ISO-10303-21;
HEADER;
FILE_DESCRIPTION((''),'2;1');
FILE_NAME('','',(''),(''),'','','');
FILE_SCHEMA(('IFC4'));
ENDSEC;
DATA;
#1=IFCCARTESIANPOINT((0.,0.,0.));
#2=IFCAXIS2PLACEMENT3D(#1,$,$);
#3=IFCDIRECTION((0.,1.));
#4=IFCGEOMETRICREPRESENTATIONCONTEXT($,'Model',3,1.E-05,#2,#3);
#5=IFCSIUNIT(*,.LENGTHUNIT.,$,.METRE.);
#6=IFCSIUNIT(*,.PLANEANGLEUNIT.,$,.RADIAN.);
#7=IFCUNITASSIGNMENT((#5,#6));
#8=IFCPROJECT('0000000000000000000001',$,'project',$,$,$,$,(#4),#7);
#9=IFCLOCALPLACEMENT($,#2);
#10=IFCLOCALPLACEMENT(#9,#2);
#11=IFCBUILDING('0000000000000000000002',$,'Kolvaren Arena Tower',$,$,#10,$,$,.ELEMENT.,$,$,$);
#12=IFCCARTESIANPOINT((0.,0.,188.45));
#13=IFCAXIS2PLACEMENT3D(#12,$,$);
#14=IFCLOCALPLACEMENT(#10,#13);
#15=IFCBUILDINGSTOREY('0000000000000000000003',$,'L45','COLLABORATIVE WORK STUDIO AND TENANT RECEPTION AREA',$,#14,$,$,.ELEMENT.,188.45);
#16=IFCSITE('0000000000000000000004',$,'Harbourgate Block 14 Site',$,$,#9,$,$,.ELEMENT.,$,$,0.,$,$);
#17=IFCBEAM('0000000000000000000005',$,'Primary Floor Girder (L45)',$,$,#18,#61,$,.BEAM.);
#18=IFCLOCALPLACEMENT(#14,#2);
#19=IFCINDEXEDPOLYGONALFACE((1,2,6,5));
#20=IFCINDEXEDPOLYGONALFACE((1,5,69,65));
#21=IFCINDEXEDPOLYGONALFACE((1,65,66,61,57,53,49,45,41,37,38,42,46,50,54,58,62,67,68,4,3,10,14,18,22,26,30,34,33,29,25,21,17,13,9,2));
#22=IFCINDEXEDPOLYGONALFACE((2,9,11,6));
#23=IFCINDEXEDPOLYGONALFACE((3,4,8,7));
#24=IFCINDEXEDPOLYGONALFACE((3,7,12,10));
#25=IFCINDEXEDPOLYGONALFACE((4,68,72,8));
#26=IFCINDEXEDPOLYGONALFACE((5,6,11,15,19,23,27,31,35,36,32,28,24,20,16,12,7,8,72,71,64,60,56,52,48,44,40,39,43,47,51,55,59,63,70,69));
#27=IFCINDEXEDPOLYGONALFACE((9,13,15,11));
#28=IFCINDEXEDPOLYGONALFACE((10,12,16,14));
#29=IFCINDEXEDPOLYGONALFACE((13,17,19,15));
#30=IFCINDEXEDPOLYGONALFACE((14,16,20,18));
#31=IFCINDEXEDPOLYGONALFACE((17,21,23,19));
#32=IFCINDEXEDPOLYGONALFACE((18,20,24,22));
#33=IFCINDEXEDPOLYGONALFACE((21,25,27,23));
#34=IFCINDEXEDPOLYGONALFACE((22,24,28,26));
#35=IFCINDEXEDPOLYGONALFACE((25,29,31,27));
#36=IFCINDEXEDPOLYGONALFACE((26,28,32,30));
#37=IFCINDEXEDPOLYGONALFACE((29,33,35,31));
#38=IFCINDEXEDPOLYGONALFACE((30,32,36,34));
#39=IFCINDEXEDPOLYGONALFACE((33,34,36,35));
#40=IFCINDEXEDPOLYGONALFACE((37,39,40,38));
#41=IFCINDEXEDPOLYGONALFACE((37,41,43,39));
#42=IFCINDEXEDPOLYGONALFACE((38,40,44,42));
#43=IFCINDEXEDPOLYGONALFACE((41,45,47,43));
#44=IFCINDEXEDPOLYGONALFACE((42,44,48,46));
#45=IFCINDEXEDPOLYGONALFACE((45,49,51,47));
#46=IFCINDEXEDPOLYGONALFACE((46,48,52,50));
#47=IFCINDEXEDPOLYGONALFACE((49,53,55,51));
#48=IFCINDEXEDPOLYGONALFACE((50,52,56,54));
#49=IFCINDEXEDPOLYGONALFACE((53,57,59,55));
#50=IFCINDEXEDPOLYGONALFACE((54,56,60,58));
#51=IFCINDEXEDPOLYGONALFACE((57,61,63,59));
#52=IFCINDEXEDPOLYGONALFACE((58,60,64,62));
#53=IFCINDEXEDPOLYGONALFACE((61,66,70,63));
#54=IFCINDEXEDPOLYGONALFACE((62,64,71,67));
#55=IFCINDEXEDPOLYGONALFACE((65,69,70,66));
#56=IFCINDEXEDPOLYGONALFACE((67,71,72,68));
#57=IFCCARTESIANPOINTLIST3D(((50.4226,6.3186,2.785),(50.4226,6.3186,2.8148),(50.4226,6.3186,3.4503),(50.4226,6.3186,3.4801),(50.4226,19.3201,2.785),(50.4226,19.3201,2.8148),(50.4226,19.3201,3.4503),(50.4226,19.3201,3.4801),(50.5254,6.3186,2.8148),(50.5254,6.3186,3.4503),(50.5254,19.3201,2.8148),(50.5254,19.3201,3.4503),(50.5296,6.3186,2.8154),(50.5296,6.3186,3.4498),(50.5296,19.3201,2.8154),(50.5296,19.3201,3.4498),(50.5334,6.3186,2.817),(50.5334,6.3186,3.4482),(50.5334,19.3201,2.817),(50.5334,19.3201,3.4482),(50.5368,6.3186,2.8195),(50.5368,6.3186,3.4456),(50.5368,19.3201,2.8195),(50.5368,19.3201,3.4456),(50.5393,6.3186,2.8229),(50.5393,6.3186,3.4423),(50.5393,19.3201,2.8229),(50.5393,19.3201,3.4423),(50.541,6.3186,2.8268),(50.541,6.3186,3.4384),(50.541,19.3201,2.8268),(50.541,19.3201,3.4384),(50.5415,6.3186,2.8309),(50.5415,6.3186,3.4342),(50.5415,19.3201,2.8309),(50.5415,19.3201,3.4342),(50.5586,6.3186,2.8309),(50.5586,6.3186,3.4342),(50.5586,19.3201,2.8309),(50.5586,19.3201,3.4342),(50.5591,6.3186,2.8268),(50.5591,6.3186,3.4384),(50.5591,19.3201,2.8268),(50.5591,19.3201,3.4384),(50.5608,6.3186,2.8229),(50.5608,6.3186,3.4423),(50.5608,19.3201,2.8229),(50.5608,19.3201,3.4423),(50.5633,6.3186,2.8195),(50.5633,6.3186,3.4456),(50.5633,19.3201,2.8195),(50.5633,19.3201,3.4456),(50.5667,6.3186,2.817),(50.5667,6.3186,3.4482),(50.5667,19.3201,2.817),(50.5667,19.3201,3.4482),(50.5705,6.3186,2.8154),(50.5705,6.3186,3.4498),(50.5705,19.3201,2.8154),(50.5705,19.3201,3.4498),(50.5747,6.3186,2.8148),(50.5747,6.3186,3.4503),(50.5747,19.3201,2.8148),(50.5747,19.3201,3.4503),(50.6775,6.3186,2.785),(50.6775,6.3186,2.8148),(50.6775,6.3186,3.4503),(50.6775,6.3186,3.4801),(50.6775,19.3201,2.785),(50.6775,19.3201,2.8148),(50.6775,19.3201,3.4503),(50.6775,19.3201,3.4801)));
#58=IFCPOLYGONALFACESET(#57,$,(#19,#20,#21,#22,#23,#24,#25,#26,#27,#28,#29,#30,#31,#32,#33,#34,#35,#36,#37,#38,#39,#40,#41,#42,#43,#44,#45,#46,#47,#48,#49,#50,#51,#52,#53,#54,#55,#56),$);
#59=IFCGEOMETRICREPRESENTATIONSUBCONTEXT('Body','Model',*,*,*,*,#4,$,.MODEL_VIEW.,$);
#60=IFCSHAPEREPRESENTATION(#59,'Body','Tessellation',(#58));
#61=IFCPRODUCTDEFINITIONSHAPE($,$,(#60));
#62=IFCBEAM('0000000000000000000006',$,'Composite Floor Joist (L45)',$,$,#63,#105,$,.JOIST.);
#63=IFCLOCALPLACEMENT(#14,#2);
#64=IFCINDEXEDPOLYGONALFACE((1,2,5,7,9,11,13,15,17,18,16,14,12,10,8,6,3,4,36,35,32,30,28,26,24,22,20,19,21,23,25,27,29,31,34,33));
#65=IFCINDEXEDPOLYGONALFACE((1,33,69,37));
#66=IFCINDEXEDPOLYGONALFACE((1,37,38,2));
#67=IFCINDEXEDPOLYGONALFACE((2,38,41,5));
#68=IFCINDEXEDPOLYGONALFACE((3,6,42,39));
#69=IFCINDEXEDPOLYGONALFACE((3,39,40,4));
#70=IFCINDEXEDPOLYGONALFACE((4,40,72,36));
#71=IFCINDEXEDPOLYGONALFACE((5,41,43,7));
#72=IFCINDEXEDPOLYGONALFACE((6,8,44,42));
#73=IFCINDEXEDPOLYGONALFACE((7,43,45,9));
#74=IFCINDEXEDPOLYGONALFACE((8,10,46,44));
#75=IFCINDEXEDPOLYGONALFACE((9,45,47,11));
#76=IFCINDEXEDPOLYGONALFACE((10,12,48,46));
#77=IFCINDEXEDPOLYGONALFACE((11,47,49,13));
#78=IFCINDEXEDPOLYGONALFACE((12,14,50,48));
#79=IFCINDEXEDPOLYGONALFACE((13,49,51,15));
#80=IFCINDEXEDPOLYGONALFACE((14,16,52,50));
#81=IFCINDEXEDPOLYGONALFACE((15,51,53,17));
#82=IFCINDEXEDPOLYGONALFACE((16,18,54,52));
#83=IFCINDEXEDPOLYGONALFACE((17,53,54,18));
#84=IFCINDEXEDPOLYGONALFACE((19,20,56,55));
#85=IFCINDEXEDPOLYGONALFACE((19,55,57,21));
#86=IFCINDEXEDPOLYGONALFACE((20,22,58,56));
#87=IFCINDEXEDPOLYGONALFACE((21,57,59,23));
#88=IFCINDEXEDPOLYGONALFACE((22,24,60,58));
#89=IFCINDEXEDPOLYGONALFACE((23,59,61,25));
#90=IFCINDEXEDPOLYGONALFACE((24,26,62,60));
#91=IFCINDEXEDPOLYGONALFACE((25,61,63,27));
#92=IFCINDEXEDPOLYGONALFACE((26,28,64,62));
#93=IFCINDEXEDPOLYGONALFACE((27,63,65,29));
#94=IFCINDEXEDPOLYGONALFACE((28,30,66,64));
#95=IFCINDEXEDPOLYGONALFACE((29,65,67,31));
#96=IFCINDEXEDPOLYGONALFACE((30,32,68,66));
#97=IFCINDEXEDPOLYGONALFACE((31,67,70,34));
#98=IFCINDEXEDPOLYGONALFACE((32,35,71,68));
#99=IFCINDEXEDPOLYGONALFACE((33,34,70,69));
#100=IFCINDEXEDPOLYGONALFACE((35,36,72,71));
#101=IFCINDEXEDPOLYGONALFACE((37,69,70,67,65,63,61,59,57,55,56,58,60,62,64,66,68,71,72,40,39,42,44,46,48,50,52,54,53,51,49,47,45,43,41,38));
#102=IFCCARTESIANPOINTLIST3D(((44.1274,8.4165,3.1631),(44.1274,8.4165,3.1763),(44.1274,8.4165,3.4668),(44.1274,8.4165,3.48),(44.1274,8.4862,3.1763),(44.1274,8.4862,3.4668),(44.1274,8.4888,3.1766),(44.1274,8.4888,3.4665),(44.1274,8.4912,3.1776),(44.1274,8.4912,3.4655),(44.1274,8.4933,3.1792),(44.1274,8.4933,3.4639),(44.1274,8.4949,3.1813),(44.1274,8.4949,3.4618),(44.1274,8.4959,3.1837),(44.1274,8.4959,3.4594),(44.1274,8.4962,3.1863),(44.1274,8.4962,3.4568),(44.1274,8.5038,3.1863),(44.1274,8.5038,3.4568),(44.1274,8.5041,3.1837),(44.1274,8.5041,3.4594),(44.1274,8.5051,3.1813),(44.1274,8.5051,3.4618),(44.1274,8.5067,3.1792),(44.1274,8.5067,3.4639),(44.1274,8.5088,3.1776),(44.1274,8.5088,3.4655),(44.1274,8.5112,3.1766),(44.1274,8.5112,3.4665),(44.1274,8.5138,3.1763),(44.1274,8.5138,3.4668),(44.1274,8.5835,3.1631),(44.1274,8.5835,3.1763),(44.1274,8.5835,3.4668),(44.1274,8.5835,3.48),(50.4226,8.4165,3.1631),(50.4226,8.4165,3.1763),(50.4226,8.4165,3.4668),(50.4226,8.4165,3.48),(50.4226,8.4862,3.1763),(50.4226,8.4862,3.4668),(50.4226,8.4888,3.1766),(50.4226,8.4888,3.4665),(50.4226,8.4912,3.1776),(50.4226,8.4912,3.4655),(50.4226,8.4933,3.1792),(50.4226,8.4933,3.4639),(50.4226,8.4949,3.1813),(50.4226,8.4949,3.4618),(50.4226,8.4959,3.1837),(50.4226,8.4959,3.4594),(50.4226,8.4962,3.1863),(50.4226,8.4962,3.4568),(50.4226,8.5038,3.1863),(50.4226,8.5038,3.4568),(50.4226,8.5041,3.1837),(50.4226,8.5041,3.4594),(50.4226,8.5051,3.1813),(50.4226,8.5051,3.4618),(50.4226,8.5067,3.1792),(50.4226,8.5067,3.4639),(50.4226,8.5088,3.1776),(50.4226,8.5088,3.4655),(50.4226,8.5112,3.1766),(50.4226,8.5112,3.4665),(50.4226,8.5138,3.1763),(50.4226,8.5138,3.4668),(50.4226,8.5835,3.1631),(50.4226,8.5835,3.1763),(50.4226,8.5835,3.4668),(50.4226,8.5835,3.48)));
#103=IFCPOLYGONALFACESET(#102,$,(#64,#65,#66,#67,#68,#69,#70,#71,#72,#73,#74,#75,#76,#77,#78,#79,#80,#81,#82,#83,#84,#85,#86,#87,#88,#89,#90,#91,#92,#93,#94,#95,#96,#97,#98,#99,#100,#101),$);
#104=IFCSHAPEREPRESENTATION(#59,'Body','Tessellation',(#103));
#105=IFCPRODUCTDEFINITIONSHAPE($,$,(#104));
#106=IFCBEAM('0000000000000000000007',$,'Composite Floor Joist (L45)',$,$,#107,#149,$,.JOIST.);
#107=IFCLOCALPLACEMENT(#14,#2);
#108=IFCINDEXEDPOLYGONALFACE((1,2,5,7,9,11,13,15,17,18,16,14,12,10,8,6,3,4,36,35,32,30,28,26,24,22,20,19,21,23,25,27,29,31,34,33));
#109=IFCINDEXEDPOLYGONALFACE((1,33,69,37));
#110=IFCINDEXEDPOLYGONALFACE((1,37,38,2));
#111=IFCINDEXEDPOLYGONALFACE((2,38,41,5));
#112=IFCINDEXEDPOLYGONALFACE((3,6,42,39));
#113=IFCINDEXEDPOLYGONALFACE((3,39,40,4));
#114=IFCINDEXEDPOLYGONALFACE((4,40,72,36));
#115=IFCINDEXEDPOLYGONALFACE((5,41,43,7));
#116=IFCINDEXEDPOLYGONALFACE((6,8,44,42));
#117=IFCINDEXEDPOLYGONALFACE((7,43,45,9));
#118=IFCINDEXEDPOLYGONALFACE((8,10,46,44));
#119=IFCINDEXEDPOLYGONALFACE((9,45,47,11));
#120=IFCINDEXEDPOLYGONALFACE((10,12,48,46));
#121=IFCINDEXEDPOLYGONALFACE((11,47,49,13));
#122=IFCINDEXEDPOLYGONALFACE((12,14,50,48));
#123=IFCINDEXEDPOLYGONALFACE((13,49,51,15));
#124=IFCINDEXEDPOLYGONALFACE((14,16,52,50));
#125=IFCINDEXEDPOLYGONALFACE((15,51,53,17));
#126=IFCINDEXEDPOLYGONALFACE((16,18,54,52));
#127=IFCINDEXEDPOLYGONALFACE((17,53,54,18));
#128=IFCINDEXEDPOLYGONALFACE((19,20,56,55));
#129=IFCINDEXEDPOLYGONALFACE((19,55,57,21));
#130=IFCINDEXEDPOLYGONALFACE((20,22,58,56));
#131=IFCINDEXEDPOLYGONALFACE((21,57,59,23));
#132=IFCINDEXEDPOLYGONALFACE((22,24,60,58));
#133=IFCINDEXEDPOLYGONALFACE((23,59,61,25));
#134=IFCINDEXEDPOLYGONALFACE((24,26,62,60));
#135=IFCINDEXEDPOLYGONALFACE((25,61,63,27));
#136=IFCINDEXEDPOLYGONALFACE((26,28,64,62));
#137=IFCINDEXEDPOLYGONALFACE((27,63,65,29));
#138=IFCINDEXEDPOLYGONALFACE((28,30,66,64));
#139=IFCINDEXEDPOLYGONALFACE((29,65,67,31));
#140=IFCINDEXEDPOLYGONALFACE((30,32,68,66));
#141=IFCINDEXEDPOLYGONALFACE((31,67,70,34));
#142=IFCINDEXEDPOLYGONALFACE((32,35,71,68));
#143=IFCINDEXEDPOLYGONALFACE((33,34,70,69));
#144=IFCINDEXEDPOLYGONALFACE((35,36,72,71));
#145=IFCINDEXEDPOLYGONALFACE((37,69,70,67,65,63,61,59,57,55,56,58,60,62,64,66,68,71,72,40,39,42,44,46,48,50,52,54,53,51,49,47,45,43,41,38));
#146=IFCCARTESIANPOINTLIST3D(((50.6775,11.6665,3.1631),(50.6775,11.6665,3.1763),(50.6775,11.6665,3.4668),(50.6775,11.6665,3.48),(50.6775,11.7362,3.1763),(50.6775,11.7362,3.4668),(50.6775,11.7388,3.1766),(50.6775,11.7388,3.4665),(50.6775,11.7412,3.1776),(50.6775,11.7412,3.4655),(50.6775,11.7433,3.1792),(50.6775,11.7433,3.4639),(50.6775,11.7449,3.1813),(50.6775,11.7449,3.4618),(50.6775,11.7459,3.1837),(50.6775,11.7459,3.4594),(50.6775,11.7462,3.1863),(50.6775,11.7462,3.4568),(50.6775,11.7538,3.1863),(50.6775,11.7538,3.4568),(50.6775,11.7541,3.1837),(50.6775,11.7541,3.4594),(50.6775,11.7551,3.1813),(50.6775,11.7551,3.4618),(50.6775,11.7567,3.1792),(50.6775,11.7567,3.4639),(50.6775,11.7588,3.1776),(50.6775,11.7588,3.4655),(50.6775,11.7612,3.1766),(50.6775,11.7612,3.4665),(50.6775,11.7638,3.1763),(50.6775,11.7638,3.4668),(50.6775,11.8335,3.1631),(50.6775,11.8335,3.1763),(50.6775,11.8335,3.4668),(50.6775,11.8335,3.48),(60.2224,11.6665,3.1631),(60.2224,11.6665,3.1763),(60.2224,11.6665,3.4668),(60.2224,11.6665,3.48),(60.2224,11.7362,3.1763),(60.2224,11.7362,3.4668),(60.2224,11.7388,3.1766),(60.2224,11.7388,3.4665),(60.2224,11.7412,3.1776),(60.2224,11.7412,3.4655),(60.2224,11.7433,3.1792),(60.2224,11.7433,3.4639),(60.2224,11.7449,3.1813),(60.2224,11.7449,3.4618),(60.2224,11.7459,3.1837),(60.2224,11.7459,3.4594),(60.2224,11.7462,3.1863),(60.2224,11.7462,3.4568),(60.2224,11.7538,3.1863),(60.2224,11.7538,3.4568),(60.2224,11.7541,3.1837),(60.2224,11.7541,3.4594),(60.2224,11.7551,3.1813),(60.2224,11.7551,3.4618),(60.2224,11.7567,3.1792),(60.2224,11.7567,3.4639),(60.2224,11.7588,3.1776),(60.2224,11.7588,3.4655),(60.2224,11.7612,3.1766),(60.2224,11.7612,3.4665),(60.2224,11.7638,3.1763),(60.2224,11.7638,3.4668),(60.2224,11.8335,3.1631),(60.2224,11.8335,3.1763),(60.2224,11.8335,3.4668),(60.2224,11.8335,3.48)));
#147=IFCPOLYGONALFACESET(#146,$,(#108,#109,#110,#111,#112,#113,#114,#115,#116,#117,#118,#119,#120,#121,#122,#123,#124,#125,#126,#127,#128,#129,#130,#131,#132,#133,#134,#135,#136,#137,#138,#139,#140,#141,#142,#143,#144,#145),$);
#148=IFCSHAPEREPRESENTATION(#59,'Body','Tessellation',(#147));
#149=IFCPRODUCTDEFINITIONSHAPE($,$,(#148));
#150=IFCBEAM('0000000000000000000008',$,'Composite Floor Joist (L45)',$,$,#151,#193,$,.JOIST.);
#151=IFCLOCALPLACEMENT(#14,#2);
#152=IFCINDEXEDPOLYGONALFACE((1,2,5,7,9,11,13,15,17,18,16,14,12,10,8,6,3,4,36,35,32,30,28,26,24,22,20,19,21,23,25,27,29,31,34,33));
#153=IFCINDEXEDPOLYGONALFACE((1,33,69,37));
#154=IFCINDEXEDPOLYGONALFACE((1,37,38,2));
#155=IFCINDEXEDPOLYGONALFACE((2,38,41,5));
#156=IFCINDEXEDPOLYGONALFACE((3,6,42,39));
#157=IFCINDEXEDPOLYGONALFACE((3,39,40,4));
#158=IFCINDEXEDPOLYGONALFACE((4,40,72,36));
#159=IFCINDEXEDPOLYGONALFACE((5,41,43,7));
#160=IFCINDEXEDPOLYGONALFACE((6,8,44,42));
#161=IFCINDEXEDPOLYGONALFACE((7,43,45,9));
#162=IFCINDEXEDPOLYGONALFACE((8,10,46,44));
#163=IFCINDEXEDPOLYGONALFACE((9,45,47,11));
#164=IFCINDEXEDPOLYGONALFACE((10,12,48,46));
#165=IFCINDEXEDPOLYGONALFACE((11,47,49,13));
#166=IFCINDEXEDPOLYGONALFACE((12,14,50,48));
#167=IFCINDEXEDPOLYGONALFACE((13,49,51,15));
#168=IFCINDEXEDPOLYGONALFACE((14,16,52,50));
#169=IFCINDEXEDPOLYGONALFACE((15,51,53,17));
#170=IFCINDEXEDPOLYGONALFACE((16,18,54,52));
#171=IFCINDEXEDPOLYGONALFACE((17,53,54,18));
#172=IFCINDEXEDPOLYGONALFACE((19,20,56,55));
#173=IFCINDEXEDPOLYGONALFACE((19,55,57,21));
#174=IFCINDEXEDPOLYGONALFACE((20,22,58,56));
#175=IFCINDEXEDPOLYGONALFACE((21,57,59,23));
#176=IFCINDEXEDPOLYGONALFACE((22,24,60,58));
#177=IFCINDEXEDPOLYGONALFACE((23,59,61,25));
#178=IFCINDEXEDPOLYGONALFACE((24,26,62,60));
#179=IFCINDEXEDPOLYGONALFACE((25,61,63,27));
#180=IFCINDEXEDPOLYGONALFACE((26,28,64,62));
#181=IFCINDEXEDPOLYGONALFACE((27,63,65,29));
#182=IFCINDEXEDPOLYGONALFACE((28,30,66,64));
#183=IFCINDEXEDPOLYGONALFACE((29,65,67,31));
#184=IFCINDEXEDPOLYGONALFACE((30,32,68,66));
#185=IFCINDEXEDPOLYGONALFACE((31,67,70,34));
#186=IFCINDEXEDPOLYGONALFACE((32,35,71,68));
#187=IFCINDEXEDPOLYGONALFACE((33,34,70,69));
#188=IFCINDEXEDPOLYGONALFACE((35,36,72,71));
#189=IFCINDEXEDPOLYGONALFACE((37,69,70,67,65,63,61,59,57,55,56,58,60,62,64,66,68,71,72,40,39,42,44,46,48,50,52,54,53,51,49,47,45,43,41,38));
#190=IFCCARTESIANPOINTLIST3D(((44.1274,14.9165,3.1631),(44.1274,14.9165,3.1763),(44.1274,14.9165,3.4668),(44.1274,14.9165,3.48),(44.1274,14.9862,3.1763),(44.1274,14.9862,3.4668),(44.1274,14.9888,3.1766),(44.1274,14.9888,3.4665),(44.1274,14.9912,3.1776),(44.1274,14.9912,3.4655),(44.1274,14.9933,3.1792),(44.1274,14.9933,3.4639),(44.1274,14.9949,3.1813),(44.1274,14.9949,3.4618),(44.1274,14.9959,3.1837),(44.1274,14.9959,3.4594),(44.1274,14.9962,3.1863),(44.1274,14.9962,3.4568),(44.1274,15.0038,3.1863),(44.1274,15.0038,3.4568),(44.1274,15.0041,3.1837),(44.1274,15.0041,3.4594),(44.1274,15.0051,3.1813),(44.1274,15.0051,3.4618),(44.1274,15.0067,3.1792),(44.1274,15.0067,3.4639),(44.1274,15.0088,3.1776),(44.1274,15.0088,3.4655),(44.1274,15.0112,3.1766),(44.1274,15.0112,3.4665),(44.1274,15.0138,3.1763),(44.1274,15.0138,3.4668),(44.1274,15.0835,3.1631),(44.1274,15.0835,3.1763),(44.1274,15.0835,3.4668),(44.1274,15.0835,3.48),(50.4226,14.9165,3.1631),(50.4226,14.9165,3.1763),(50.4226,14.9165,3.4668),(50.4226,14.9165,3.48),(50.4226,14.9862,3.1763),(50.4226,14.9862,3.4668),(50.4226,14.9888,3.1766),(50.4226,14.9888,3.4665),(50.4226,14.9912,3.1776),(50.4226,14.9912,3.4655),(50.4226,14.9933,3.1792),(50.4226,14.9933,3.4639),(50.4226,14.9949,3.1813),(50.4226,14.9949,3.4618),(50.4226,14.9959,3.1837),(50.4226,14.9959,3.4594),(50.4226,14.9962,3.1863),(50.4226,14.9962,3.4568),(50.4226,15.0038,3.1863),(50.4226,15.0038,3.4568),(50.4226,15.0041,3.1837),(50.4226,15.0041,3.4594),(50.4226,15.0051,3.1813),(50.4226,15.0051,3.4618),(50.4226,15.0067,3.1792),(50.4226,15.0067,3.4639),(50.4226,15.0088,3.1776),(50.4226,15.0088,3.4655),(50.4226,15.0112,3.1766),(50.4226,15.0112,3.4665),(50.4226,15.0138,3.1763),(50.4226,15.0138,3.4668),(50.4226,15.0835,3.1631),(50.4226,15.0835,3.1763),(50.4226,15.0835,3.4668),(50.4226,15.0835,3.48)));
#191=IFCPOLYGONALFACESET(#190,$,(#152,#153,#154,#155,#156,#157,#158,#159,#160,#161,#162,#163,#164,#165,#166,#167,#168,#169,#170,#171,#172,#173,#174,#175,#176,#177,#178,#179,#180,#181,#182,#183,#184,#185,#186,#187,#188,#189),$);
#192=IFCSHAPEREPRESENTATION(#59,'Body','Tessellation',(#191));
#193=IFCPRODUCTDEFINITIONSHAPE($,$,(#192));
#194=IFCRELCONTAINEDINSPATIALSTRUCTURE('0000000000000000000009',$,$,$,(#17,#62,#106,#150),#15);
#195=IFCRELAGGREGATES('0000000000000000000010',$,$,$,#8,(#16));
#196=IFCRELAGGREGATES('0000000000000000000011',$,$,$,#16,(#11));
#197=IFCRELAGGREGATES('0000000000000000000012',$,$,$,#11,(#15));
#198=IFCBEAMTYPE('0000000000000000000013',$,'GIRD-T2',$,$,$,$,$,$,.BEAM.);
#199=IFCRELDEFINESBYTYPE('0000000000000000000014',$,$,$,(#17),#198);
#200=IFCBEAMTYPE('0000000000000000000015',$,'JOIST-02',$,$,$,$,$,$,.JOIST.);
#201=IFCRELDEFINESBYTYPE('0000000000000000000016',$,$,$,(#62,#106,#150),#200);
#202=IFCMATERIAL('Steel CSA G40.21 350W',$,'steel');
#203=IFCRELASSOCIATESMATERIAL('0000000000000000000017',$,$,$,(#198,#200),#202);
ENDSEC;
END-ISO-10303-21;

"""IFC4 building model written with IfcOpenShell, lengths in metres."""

from ifc_helpers import new_model, si_unit, direction, frame, origin, origin_2d, place, context, subcontext, project, spatial, i_section, extrude, material, material_profile, profile_set, type_object, element, save


model = new_model("IFC4")

# Units and contexts
model_context = context("Model", 3, precision=1e-05, world=origin(), true_north=direction((0.0, 1.0)))
body_context = subcontext(model_context, "Body", "Model", "MODEL_VIEW")
ifc_project = project(units=[si_unit("LENGTHUNIT", "METRE"), si_unit("PLANEANGLEUNIT", "RADIAN")], contexts=[model_context])

# Site, building, storey
site_placement = place(None, origin())
site = spatial("IfcSite", under=ifc_project, at=site_placement, Name="Harbourgate Block 14 Site", CompositionType="ELEMENT", RefElevation=0.0)
building_placement = place(site_placement, origin())
building = spatial("IfcBuilding", under=site, at=building_placement, Name="Kolvaren Arena Tower", CompositionType="ELEMENT")
storey_placement = place(building_placement, frame((0.0, 0.0, 188.45)))
storey = spatial("IfcBuildingStorey", under=building, at=storey_placement, Name="L45", Description="COLLABORATIVE WORK STUDIO AND TENANT RECEPTION AREA", CompositionType="ELEMENT", Elevation=188.45)

# Beams
ifc_material_1 = material(Name="Steel CSA G40.21 350W", Category="steel")
ifc_material_profile_1 = material_profile(ifc_material_1, i_section(OverallWidth=0.2549, OverallDepth=0.6951, WebThickness=0.0171, FlangeThickness=0.0298, FilletRadius=0.0161, at=origin_2d()), Name="W690x217")
ifc_profile_set_1 = profile_set([ifc_material_profile_1], Name="Steel CSA G40.21 350W")
beam_type_1 = type_object("IfcBeamType", Name="GIRD-T2", PredefinedType="BEAM", material=ifc_profile_set_1)
beam_1_placement = place(storey_placement, frame((50.55, 6.3186, 3.1326), z_axis=(0.0, 1.0, 0.0), x_axis=(-1.0, 0.0, 0.0)))
element("IfcBeam", 1, at=beam_1_placement, inside=storey, type_object=beam_type_1, Name="Primary Floor Girder (L45)", PredefinedType="BEAM", context=body_context, shape_type="SweptSolid", body=[
    extrude(i_section(OverallWidth=0.2549, OverallDepth=0.6951, WebThickness=0.0171, FlangeThickness=0.0298, FilletRadius=0.0161, at=origin_2d()), origin(), (0.0, 0.0, 1.0), 13.0015),
])
ifc_material_profile_2 = material_profile(ifc_material_1, i_section(OverallWidth=0.167, OverallDepth=0.3169, WebThickness=0.0076, FlangeThickness=0.0132, FilletRadius=0.01, at=origin_2d()), Name="W310x52")
ifc_profile_set_2 = profile_set([ifc_material_profile_2], Name="Steel CSA G40.21 350W")
beam_type_2 = type_object("IfcBeamType", Name="JOIST-02", PredefinedType="JOIST", material=ifc_profile_set_2)
beam_2_placement = place(storey_placement, frame((44.1274, 8.5, 3.3215), z_axis=(1.0, 0.0, 0.0), x_axis=(0.0, 1.0, 0.0)))
element("IfcBeam", 2, at=beam_2_placement, inside=storey, type_object=beam_type_2, Name="Composite Floor Joist (L45)", PredefinedType="JOIST", context=body_context, shape_type="SweptSolid", body=[
    extrude(i_section(OverallWidth=0.167, OverallDepth=0.3169, WebThickness=0.0076, FlangeThickness=0.0132, FilletRadius=0.01, at=origin_2d()), origin(), (0.0, 0.0, 1.0), 6.2952),
])
beam_3_placement = place(storey_placement, frame((50.6775, 11.75, 3.3215), z_axis=(1.0, 0.0, 0.0), x_axis=(0.0, 1.0, 0.0)))
element("IfcBeam", 3, at=beam_3_placement, inside=storey, type_object=beam_type_2, Name="Composite Floor Joist (L45)", PredefinedType="JOIST", context=body_context, shape_type="SweptSolid", body=[
    extrude(i_section(OverallWidth=0.167, OverallDepth=0.3169, WebThickness=0.0076, FlangeThickness=0.0132, FilletRadius=0.01, at=origin_2d()), origin(), (0.0, 0.0, 1.0), 9.5449),
])
beam_4_placement = place(storey_placement, frame((44.1274, 15.0, 3.3215), z_axis=(1.0, 0.0, 0.0), x_axis=(0.0, 1.0, 0.0)))
element("IfcBeam", 4, at=beam_4_placement, inside=storey, type_object=beam_type_2, Name="Composite Floor Joist (L45)", PredefinedType="JOIST", context=body_context, shape_type="SweptSolid", body=[
    extrude(i_section(OverallWidth=0.167, OverallDepth=0.3169, WebThickness=0.0076, FlangeThickness=0.0132, FilletRadius=0.01, at=origin_2d()), origin(), (0.0, 0.0, 1.0), 6.2952),
])

save(model, "model.ifc")
